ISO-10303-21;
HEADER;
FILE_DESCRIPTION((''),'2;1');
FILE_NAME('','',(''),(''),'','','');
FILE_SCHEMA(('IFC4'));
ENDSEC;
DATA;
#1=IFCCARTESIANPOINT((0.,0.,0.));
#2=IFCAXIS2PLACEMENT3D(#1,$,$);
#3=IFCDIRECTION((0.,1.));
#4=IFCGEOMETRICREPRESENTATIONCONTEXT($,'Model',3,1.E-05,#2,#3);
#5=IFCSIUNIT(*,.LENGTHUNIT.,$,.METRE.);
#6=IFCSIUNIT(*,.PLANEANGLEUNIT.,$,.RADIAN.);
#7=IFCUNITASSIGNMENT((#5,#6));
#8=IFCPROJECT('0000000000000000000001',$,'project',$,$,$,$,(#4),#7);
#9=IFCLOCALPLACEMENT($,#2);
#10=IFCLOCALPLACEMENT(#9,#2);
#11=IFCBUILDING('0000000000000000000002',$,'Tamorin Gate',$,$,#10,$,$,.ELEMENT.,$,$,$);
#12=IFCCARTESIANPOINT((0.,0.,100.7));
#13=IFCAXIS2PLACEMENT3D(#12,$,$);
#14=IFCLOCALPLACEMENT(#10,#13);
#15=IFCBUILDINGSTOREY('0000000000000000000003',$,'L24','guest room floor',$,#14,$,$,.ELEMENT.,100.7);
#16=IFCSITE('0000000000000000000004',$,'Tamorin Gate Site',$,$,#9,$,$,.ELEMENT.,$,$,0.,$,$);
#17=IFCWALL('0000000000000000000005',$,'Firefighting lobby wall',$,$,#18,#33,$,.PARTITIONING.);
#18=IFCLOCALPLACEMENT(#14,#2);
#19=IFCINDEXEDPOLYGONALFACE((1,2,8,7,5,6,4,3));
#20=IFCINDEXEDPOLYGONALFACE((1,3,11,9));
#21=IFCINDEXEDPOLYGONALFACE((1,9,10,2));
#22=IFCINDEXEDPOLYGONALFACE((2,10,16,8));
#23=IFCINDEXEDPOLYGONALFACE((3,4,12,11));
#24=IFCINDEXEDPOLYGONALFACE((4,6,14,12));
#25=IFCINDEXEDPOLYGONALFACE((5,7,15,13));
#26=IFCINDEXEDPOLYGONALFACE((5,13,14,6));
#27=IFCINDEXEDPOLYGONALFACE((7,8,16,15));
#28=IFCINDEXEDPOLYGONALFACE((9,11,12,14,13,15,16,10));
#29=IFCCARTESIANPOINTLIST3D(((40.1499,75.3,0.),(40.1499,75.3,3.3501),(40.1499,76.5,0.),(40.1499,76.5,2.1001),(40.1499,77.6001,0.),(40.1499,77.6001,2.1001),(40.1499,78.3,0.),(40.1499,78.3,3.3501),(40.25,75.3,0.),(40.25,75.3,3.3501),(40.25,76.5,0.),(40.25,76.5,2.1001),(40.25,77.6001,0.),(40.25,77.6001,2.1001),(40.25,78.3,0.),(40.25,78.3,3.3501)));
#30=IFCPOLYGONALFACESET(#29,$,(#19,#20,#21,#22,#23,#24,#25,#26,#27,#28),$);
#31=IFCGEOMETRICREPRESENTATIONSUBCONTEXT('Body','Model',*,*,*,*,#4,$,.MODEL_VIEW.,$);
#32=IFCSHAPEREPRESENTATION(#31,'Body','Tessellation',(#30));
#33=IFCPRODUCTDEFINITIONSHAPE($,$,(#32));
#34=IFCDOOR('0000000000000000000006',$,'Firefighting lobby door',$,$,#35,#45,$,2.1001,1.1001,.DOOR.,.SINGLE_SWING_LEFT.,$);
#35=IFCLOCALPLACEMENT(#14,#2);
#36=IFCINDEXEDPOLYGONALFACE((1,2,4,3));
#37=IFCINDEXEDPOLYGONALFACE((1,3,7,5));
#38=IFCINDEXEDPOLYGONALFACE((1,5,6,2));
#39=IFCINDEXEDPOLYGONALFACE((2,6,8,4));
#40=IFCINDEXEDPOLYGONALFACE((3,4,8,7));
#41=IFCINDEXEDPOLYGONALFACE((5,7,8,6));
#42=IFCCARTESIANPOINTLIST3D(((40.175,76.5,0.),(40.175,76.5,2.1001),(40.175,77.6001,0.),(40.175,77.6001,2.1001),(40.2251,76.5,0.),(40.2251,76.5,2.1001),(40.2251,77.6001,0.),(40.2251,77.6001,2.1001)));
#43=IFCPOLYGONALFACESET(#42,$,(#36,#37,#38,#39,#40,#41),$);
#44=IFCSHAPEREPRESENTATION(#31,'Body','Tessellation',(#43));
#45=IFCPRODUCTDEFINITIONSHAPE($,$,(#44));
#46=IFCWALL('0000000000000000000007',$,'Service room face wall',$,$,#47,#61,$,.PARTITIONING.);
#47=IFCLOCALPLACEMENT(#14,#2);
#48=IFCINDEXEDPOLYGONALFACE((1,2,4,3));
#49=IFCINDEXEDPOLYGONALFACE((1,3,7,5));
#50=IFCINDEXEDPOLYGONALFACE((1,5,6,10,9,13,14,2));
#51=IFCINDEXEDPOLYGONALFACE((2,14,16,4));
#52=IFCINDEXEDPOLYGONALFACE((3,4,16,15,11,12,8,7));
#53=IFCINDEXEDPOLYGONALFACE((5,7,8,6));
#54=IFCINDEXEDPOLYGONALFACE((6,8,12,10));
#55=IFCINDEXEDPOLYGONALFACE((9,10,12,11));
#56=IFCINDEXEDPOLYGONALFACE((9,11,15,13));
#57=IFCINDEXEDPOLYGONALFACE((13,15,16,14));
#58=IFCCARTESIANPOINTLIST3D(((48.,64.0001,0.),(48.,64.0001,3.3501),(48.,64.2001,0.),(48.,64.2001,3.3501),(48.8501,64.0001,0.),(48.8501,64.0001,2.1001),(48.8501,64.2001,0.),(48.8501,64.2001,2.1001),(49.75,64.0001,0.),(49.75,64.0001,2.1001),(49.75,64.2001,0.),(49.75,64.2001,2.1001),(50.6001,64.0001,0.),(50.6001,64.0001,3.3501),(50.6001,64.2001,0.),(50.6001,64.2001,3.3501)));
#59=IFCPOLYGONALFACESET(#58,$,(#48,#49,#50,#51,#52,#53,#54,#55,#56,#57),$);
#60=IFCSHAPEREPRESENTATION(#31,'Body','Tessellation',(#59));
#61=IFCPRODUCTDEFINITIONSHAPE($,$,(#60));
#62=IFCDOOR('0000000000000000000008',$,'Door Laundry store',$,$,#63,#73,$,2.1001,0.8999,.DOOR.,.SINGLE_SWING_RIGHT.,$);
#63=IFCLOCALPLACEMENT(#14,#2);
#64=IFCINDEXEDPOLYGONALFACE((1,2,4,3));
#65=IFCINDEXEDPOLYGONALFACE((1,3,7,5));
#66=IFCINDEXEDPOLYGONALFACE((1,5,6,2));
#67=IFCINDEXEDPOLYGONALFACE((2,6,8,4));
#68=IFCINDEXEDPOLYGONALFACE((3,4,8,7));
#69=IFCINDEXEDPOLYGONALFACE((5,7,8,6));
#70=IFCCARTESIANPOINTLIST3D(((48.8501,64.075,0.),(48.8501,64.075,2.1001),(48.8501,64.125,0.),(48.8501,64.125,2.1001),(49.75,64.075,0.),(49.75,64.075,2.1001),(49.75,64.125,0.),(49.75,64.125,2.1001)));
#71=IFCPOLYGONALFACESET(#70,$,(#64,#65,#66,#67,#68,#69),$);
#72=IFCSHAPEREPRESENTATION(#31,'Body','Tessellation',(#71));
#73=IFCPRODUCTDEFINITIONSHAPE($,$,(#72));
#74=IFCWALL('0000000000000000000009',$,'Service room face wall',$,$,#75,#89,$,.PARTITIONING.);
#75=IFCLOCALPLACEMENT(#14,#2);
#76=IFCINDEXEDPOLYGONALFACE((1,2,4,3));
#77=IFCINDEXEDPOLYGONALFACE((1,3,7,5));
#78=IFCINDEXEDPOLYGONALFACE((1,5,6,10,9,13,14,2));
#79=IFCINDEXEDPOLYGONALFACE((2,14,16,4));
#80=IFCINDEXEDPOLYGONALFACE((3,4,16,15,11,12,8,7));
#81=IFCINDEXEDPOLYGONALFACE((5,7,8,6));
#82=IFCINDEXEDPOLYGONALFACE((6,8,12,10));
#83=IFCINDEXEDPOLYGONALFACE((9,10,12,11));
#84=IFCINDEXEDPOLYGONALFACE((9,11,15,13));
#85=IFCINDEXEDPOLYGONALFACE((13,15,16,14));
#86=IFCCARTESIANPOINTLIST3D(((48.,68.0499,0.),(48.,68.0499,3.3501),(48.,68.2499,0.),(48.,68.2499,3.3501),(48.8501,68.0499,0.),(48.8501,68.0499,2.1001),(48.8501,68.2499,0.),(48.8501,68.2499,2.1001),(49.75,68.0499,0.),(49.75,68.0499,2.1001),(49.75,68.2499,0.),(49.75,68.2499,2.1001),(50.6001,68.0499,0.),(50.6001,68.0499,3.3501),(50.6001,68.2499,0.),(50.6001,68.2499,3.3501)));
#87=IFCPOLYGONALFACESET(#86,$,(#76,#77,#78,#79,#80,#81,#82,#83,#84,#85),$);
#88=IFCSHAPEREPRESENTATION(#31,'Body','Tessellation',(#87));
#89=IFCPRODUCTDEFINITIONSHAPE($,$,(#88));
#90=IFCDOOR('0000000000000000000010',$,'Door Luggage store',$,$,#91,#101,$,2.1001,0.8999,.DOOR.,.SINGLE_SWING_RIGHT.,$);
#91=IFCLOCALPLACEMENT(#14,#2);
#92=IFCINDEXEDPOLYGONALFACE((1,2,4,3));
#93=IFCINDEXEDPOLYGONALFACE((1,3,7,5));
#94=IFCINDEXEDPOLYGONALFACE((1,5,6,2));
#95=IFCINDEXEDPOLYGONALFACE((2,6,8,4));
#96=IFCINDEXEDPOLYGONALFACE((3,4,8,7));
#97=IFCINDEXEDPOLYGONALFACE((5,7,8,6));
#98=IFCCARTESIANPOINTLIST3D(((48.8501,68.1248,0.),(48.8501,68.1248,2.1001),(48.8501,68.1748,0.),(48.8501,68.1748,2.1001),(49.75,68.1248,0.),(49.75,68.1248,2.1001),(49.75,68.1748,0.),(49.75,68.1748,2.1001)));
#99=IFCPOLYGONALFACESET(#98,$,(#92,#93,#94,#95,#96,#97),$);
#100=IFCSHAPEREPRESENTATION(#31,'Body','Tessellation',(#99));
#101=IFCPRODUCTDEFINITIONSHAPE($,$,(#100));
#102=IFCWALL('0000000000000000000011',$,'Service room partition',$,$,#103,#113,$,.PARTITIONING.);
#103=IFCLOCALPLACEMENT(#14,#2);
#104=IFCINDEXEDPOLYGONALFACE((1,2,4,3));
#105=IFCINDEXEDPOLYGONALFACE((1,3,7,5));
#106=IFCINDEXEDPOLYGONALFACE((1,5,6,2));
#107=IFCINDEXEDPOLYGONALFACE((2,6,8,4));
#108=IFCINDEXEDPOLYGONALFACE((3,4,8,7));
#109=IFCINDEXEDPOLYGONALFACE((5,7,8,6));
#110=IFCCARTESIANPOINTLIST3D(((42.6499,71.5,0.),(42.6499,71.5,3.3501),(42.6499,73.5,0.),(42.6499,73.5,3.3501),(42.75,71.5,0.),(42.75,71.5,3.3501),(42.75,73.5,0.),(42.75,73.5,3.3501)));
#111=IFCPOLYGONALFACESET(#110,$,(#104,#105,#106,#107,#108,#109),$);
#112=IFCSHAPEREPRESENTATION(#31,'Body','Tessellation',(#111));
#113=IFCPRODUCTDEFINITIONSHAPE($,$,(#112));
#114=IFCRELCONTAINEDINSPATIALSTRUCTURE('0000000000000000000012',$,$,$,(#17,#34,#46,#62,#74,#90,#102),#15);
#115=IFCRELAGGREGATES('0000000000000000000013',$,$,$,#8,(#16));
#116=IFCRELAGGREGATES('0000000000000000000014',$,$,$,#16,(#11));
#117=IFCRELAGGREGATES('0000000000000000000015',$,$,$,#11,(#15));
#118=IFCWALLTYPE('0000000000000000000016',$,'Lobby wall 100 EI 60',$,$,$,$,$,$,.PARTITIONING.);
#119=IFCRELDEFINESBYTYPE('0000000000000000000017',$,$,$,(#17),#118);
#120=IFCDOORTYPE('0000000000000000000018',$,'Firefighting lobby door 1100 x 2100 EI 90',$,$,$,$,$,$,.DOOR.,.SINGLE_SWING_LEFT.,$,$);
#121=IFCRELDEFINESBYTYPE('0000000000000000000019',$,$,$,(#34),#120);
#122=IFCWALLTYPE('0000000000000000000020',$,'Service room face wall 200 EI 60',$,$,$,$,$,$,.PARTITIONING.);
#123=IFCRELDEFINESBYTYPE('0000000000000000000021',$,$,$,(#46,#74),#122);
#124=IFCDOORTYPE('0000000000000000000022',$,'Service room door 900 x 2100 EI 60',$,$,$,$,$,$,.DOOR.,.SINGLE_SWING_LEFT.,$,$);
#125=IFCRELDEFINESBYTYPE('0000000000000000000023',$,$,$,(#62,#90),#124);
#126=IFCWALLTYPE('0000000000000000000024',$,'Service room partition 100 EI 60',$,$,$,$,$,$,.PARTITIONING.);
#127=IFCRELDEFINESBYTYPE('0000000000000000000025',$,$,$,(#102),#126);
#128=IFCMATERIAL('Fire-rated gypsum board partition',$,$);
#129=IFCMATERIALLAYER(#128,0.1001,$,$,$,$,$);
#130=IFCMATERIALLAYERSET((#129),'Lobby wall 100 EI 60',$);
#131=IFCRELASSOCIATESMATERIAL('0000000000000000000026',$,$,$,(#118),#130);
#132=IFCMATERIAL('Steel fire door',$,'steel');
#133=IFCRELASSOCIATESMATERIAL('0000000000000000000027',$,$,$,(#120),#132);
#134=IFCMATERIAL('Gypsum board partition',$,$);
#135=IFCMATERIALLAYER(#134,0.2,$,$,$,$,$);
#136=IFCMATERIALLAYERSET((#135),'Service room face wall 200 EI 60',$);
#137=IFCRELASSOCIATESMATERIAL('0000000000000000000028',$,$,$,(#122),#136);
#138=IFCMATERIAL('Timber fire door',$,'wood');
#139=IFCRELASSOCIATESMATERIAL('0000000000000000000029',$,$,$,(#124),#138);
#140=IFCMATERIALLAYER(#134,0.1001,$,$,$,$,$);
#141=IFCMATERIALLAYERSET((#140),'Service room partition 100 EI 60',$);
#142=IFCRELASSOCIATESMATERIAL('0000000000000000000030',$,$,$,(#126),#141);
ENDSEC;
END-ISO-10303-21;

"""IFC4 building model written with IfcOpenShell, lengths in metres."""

from ifc_helpers import new_model, si_unit, direction, frame, frame_2d, origin, place, context, subcontext, project, spatial, rectangle, extrude, material, layer, layer_set, type_object, element, fill, save


model = new_model("IFC4")

# Units and contexts
model_context = context("Model", 3, precision=1e-05, world=origin(), true_north=direction((0.0, 1.0)))
body_context = subcontext(model_context, "Body", "Model", "MODEL_VIEW")
ifc_project = project(units=[si_unit("LENGTHUNIT", "METRE"), si_unit("PLANEANGLEUNIT", "RADIAN")], contexts=[model_context])

# Site, building, storey
site_placement = place(None, origin())
site = spatial("IfcSite", under=ifc_project, at=site_placement, Name="Tamorin Gate Site", CompositionType="ELEMENT", RefElevation=0.0)
building_placement = place(site_placement, origin())
building = spatial("IfcBuilding", under=site, at=building_placement, Name="Tamorin Gate", CompositionType="ELEMENT")
storey_placement = place(building_placement, frame((0.0, 0.0, 100.7)))
storey = spatial("IfcBuildingStorey", under=building, at=storey_placement, Name="L24", Description="guest room floor", CompositionType="ELEMENT", Elevation=100.7)

# Shared definitions
ifc_material_1 = material(Name="Fire-rated gypsum board partition")
ifc_layer_1 = layer(ifc_material_1, 0.1001)
ifc_layer_set_1 = layer_set([ifc_layer_1], Name="Lobby wall 100 EI 60")
wall_type_1 = type_object("IfcWallType", Name="Lobby wall 100 EI 60", PredefinedType="PARTITIONING", material=ifc_layer_set_1)

# Walls, openings, doors
wall_1_placement = place(storey_placement, frame((40.2, 75.3, 0.0), z_axis=(0.0, 0.0, 1.0), x_axis=(0.0, 1.0, 0.0)))
wall_1 = element("IfcWall", 1, at=wall_1_placement, inside=storey, type_object=wall_type_1, Name="Firefighting lobby wall", PredefinedType="PARTITIONING", context=body_context, shape_type="SweptSolid", body=[
    extrude(rectangle(XDim=3.0, YDim=0.1001, at=frame_2d((1.5, 0.0))), origin(), (0.0, 0.0, 1.0), 3.3501),
])
opening_1_placement = place(wall_1_placement, frame((1.2, 0.0, 0.0)))
opening_1 = element("IfcOpeningElement", 2, at=opening_1_placement, cuts=wall_1, PredefinedType="OPENING", context=body_context, shape_type="SweptSolid", body=[
    extrude(rectangle(XDim=1.1001, YDim=2.1001, at=frame_2d((0.55, 1.05))), frame((0.0, 0.0601, 0.0), z_axis=(0.0, -1.0, 0.0), x_axis=(1.0, 0.0, 0.0)), (0.0, 0.0, 1.0), 0.1201),
])
ifc_material_2 = material(Name="Steel fire door", Category="steel")
door_type_1 = type_object("IfcDoorType", Name="Firefighting lobby door 1100 x 2100 EI 90", OperationType="SINGLE_SWING_LEFT", PredefinedType="DOOR", material=ifc_material_2)
door_1_placement = place(opening_1_placement, origin())
door_1 = element("IfcDoor", 3, at=door_1_placement, inside=storey, type_object=door_type_1, Name="Firefighting lobby door", OperationType="SINGLE_SWING_LEFT", OverallHeight=2.1001, OverallWidth=1.1001, PredefinedType="DOOR", context=body_context, shape_type="SweptSolid", body=[
    extrude(rectangle(XDim=1.1001, YDim=2.1001, at=frame_2d((0.55, 1.05))), frame((0.0, 0.0249, 0.0), z_axis=(0.0, -1.0, 0.0), x_axis=(1.0, 0.0, 0.0)), (0.0, 0.0, 1.0), 0.05),
])
fill(opening_1, door_1)
ifc_material_3 = material(Name="Gypsum board partition")
ifc_layer_2 = layer(ifc_material_3, 0.2)
ifc_layer_set_2 = layer_set([ifc_layer_2], Name="Service room face wall 200 EI 60")
wall_type_2 = type_object("IfcWallType", Name="Service room face wall 200 EI 60", PredefinedType="PARTITIONING", material=ifc_layer_set_2)
wall_2_placement = place(storey_placement, frame((48.0, 64.1001, 0.0), z_axis=(0.0, 0.0, 1.0), x_axis=(1.0, 0.0, 0.0)))
wall_2 = element("IfcWall", 4, at=wall_2_placement, inside=storey, type_object=wall_type_2, Name="Service room face wall", PredefinedType="PARTITIONING", context=body_context, shape_type="SweptSolid", body=[
    extrude(rectangle(XDim=2.6001, YDim=0.2, at=frame_2d((1.3, 0.0))), origin(), (0.0, 0.0, 1.0), 3.3501),
])
opening_2_placement = place(wall_2_placement, frame((0.8501, 0.0, 0.0)))
opening_2 = element("IfcOpeningElement", 5, at=opening_2_placement, cuts=wall_2, PredefinedType="OPENING", context=body_context, shape_type="SweptSolid", body=[
    extrude(rectangle(XDim=0.8999, YDim=2.1001, at=frame_2d((0.45, 1.05))), frame((0.0, 0.1099, 0.0), z_axis=(0.0, -1.0, 0.0), x_axis=(1.0, 0.0, 0.0)), (0.0, 0.0, 1.0), 0.22),
])
ifc_material_4 = material(Name="Timber fire door", Category="wood")
door_type_2 = type_object("IfcDoorType", Name="Service room door 900 x 2100 EI 60", OperationType="SINGLE_SWING_LEFT", PredefinedType="DOOR", material=ifc_material_4)
door_2_placement = place(opening_2_placement, origin())
door_2 = element("IfcDoor", 6, at=door_2_placement, inside=storey, type_object=door_type_2, Name="Door Laundry store", OperationType="SINGLE_SWING_RIGHT", OverallHeight=2.1001, OverallWidth=0.8999, PredefinedType="DOOR", context=body_context, shape_type="SweptSolid", body=[
    extrude(rectangle(XDim=0.8999, YDim=2.1001, at=frame_2d((0.45, 1.05))), frame((0.0, 0.0249, 0.0), z_axis=(0.0, -1.0, 0.0), x_axis=(1.0, 0.0, 0.0)), (0.0, 0.0, 1.0), 0.05),
])
fill(opening_2, door_2)
wall_3_placement = place(storey_placement, frame((48.0, 68.1499, 0.0), z_axis=(0.0, 0.0, 1.0), x_axis=(1.0, 0.0, 0.0)))
wall_3 = element("IfcWall", 7, at=wall_3_placement, inside=storey, type_object=wall_type_2, Name="Service room face wall", PredefinedType="PARTITIONING", context=body_context, shape_type="SweptSolid", body=[
    extrude(rectangle(XDim=2.6001, YDim=0.2, at=frame_2d((1.3, 0.0))), origin(), (0.0, 0.0, 1.0), 3.3501),
])
opening_3_placement = place(wall_3_placement, frame((0.8501, 0.0, 0.0)))
opening_3 = element("IfcOpeningElement", 8, at=opening_3_placement, cuts=wall_3, PredefinedType="OPENING", context=body_context, shape_type="SweptSolid", body=[
    extrude(rectangle(XDim=0.8999, YDim=2.1001, at=frame_2d((0.45, 1.05))), frame((0.0, 0.1099, 0.0), z_axis=(0.0, -1.0, 0.0), x_axis=(1.0, 0.0, 0.0)), (0.0, 0.0, 1.0), 0.22),
])
door_3_placement = place(opening_3_placement, origin())
door_3 = element("IfcDoor", 9, at=door_3_placement, inside=storey, type_object=door_type_2, Name="Door Luggage store", OperationType="SINGLE_SWING_RIGHT", OverallHeight=2.1001, OverallWidth=0.8999, PredefinedType="DOOR", context=body_context, shape_type="SweptSolid", body=[
    extrude(rectangle(XDim=0.8999, YDim=2.1001, at=frame_2d((0.45, 1.05))), frame((0.0, 0.0249, 0.0), z_axis=(0.0, -1.0, 0.0), x_axis=(1.0, 0.0, 0.0)), (0.0, 0.0, 1.0), 0.05),
])
fill(opening_3, door_3)

# Wall
ifc_layer_3 = layer(ifc_material_3, 0.1001)
ifc_layer_set_3 = layer_set([ifc_layer_3], Name="Service room partition 100 EI 60")
wall_type_3 = type_object("IfcWallType", Name="Service room partition 100 EI 60", PredefinedType="PARTITIONING", material=ifc_layer_set_3)
wall_4_placement = place(storey_placement, frame((42.7, 71.5, 0.0), z_axis=(0.0, 0.0, 1.0), x_axis=(0.0, 1.0, 0.0)))
element("IfcWall", 10, at=wall_4_placement, inside=storey, type_object=wall_type_3, Name="Service room partition", PredefinedType="PARTITIONING", context=body_context, shape_type="SweptSolid", body=[
    extrude(rectangle(XDim=2.0, YDim=0.1001, at=frame_2d((1.0, 0.0))), origin(), (0.0, 0.0, 1.0), 3.3501),
])

save(model, "model.ifc")
